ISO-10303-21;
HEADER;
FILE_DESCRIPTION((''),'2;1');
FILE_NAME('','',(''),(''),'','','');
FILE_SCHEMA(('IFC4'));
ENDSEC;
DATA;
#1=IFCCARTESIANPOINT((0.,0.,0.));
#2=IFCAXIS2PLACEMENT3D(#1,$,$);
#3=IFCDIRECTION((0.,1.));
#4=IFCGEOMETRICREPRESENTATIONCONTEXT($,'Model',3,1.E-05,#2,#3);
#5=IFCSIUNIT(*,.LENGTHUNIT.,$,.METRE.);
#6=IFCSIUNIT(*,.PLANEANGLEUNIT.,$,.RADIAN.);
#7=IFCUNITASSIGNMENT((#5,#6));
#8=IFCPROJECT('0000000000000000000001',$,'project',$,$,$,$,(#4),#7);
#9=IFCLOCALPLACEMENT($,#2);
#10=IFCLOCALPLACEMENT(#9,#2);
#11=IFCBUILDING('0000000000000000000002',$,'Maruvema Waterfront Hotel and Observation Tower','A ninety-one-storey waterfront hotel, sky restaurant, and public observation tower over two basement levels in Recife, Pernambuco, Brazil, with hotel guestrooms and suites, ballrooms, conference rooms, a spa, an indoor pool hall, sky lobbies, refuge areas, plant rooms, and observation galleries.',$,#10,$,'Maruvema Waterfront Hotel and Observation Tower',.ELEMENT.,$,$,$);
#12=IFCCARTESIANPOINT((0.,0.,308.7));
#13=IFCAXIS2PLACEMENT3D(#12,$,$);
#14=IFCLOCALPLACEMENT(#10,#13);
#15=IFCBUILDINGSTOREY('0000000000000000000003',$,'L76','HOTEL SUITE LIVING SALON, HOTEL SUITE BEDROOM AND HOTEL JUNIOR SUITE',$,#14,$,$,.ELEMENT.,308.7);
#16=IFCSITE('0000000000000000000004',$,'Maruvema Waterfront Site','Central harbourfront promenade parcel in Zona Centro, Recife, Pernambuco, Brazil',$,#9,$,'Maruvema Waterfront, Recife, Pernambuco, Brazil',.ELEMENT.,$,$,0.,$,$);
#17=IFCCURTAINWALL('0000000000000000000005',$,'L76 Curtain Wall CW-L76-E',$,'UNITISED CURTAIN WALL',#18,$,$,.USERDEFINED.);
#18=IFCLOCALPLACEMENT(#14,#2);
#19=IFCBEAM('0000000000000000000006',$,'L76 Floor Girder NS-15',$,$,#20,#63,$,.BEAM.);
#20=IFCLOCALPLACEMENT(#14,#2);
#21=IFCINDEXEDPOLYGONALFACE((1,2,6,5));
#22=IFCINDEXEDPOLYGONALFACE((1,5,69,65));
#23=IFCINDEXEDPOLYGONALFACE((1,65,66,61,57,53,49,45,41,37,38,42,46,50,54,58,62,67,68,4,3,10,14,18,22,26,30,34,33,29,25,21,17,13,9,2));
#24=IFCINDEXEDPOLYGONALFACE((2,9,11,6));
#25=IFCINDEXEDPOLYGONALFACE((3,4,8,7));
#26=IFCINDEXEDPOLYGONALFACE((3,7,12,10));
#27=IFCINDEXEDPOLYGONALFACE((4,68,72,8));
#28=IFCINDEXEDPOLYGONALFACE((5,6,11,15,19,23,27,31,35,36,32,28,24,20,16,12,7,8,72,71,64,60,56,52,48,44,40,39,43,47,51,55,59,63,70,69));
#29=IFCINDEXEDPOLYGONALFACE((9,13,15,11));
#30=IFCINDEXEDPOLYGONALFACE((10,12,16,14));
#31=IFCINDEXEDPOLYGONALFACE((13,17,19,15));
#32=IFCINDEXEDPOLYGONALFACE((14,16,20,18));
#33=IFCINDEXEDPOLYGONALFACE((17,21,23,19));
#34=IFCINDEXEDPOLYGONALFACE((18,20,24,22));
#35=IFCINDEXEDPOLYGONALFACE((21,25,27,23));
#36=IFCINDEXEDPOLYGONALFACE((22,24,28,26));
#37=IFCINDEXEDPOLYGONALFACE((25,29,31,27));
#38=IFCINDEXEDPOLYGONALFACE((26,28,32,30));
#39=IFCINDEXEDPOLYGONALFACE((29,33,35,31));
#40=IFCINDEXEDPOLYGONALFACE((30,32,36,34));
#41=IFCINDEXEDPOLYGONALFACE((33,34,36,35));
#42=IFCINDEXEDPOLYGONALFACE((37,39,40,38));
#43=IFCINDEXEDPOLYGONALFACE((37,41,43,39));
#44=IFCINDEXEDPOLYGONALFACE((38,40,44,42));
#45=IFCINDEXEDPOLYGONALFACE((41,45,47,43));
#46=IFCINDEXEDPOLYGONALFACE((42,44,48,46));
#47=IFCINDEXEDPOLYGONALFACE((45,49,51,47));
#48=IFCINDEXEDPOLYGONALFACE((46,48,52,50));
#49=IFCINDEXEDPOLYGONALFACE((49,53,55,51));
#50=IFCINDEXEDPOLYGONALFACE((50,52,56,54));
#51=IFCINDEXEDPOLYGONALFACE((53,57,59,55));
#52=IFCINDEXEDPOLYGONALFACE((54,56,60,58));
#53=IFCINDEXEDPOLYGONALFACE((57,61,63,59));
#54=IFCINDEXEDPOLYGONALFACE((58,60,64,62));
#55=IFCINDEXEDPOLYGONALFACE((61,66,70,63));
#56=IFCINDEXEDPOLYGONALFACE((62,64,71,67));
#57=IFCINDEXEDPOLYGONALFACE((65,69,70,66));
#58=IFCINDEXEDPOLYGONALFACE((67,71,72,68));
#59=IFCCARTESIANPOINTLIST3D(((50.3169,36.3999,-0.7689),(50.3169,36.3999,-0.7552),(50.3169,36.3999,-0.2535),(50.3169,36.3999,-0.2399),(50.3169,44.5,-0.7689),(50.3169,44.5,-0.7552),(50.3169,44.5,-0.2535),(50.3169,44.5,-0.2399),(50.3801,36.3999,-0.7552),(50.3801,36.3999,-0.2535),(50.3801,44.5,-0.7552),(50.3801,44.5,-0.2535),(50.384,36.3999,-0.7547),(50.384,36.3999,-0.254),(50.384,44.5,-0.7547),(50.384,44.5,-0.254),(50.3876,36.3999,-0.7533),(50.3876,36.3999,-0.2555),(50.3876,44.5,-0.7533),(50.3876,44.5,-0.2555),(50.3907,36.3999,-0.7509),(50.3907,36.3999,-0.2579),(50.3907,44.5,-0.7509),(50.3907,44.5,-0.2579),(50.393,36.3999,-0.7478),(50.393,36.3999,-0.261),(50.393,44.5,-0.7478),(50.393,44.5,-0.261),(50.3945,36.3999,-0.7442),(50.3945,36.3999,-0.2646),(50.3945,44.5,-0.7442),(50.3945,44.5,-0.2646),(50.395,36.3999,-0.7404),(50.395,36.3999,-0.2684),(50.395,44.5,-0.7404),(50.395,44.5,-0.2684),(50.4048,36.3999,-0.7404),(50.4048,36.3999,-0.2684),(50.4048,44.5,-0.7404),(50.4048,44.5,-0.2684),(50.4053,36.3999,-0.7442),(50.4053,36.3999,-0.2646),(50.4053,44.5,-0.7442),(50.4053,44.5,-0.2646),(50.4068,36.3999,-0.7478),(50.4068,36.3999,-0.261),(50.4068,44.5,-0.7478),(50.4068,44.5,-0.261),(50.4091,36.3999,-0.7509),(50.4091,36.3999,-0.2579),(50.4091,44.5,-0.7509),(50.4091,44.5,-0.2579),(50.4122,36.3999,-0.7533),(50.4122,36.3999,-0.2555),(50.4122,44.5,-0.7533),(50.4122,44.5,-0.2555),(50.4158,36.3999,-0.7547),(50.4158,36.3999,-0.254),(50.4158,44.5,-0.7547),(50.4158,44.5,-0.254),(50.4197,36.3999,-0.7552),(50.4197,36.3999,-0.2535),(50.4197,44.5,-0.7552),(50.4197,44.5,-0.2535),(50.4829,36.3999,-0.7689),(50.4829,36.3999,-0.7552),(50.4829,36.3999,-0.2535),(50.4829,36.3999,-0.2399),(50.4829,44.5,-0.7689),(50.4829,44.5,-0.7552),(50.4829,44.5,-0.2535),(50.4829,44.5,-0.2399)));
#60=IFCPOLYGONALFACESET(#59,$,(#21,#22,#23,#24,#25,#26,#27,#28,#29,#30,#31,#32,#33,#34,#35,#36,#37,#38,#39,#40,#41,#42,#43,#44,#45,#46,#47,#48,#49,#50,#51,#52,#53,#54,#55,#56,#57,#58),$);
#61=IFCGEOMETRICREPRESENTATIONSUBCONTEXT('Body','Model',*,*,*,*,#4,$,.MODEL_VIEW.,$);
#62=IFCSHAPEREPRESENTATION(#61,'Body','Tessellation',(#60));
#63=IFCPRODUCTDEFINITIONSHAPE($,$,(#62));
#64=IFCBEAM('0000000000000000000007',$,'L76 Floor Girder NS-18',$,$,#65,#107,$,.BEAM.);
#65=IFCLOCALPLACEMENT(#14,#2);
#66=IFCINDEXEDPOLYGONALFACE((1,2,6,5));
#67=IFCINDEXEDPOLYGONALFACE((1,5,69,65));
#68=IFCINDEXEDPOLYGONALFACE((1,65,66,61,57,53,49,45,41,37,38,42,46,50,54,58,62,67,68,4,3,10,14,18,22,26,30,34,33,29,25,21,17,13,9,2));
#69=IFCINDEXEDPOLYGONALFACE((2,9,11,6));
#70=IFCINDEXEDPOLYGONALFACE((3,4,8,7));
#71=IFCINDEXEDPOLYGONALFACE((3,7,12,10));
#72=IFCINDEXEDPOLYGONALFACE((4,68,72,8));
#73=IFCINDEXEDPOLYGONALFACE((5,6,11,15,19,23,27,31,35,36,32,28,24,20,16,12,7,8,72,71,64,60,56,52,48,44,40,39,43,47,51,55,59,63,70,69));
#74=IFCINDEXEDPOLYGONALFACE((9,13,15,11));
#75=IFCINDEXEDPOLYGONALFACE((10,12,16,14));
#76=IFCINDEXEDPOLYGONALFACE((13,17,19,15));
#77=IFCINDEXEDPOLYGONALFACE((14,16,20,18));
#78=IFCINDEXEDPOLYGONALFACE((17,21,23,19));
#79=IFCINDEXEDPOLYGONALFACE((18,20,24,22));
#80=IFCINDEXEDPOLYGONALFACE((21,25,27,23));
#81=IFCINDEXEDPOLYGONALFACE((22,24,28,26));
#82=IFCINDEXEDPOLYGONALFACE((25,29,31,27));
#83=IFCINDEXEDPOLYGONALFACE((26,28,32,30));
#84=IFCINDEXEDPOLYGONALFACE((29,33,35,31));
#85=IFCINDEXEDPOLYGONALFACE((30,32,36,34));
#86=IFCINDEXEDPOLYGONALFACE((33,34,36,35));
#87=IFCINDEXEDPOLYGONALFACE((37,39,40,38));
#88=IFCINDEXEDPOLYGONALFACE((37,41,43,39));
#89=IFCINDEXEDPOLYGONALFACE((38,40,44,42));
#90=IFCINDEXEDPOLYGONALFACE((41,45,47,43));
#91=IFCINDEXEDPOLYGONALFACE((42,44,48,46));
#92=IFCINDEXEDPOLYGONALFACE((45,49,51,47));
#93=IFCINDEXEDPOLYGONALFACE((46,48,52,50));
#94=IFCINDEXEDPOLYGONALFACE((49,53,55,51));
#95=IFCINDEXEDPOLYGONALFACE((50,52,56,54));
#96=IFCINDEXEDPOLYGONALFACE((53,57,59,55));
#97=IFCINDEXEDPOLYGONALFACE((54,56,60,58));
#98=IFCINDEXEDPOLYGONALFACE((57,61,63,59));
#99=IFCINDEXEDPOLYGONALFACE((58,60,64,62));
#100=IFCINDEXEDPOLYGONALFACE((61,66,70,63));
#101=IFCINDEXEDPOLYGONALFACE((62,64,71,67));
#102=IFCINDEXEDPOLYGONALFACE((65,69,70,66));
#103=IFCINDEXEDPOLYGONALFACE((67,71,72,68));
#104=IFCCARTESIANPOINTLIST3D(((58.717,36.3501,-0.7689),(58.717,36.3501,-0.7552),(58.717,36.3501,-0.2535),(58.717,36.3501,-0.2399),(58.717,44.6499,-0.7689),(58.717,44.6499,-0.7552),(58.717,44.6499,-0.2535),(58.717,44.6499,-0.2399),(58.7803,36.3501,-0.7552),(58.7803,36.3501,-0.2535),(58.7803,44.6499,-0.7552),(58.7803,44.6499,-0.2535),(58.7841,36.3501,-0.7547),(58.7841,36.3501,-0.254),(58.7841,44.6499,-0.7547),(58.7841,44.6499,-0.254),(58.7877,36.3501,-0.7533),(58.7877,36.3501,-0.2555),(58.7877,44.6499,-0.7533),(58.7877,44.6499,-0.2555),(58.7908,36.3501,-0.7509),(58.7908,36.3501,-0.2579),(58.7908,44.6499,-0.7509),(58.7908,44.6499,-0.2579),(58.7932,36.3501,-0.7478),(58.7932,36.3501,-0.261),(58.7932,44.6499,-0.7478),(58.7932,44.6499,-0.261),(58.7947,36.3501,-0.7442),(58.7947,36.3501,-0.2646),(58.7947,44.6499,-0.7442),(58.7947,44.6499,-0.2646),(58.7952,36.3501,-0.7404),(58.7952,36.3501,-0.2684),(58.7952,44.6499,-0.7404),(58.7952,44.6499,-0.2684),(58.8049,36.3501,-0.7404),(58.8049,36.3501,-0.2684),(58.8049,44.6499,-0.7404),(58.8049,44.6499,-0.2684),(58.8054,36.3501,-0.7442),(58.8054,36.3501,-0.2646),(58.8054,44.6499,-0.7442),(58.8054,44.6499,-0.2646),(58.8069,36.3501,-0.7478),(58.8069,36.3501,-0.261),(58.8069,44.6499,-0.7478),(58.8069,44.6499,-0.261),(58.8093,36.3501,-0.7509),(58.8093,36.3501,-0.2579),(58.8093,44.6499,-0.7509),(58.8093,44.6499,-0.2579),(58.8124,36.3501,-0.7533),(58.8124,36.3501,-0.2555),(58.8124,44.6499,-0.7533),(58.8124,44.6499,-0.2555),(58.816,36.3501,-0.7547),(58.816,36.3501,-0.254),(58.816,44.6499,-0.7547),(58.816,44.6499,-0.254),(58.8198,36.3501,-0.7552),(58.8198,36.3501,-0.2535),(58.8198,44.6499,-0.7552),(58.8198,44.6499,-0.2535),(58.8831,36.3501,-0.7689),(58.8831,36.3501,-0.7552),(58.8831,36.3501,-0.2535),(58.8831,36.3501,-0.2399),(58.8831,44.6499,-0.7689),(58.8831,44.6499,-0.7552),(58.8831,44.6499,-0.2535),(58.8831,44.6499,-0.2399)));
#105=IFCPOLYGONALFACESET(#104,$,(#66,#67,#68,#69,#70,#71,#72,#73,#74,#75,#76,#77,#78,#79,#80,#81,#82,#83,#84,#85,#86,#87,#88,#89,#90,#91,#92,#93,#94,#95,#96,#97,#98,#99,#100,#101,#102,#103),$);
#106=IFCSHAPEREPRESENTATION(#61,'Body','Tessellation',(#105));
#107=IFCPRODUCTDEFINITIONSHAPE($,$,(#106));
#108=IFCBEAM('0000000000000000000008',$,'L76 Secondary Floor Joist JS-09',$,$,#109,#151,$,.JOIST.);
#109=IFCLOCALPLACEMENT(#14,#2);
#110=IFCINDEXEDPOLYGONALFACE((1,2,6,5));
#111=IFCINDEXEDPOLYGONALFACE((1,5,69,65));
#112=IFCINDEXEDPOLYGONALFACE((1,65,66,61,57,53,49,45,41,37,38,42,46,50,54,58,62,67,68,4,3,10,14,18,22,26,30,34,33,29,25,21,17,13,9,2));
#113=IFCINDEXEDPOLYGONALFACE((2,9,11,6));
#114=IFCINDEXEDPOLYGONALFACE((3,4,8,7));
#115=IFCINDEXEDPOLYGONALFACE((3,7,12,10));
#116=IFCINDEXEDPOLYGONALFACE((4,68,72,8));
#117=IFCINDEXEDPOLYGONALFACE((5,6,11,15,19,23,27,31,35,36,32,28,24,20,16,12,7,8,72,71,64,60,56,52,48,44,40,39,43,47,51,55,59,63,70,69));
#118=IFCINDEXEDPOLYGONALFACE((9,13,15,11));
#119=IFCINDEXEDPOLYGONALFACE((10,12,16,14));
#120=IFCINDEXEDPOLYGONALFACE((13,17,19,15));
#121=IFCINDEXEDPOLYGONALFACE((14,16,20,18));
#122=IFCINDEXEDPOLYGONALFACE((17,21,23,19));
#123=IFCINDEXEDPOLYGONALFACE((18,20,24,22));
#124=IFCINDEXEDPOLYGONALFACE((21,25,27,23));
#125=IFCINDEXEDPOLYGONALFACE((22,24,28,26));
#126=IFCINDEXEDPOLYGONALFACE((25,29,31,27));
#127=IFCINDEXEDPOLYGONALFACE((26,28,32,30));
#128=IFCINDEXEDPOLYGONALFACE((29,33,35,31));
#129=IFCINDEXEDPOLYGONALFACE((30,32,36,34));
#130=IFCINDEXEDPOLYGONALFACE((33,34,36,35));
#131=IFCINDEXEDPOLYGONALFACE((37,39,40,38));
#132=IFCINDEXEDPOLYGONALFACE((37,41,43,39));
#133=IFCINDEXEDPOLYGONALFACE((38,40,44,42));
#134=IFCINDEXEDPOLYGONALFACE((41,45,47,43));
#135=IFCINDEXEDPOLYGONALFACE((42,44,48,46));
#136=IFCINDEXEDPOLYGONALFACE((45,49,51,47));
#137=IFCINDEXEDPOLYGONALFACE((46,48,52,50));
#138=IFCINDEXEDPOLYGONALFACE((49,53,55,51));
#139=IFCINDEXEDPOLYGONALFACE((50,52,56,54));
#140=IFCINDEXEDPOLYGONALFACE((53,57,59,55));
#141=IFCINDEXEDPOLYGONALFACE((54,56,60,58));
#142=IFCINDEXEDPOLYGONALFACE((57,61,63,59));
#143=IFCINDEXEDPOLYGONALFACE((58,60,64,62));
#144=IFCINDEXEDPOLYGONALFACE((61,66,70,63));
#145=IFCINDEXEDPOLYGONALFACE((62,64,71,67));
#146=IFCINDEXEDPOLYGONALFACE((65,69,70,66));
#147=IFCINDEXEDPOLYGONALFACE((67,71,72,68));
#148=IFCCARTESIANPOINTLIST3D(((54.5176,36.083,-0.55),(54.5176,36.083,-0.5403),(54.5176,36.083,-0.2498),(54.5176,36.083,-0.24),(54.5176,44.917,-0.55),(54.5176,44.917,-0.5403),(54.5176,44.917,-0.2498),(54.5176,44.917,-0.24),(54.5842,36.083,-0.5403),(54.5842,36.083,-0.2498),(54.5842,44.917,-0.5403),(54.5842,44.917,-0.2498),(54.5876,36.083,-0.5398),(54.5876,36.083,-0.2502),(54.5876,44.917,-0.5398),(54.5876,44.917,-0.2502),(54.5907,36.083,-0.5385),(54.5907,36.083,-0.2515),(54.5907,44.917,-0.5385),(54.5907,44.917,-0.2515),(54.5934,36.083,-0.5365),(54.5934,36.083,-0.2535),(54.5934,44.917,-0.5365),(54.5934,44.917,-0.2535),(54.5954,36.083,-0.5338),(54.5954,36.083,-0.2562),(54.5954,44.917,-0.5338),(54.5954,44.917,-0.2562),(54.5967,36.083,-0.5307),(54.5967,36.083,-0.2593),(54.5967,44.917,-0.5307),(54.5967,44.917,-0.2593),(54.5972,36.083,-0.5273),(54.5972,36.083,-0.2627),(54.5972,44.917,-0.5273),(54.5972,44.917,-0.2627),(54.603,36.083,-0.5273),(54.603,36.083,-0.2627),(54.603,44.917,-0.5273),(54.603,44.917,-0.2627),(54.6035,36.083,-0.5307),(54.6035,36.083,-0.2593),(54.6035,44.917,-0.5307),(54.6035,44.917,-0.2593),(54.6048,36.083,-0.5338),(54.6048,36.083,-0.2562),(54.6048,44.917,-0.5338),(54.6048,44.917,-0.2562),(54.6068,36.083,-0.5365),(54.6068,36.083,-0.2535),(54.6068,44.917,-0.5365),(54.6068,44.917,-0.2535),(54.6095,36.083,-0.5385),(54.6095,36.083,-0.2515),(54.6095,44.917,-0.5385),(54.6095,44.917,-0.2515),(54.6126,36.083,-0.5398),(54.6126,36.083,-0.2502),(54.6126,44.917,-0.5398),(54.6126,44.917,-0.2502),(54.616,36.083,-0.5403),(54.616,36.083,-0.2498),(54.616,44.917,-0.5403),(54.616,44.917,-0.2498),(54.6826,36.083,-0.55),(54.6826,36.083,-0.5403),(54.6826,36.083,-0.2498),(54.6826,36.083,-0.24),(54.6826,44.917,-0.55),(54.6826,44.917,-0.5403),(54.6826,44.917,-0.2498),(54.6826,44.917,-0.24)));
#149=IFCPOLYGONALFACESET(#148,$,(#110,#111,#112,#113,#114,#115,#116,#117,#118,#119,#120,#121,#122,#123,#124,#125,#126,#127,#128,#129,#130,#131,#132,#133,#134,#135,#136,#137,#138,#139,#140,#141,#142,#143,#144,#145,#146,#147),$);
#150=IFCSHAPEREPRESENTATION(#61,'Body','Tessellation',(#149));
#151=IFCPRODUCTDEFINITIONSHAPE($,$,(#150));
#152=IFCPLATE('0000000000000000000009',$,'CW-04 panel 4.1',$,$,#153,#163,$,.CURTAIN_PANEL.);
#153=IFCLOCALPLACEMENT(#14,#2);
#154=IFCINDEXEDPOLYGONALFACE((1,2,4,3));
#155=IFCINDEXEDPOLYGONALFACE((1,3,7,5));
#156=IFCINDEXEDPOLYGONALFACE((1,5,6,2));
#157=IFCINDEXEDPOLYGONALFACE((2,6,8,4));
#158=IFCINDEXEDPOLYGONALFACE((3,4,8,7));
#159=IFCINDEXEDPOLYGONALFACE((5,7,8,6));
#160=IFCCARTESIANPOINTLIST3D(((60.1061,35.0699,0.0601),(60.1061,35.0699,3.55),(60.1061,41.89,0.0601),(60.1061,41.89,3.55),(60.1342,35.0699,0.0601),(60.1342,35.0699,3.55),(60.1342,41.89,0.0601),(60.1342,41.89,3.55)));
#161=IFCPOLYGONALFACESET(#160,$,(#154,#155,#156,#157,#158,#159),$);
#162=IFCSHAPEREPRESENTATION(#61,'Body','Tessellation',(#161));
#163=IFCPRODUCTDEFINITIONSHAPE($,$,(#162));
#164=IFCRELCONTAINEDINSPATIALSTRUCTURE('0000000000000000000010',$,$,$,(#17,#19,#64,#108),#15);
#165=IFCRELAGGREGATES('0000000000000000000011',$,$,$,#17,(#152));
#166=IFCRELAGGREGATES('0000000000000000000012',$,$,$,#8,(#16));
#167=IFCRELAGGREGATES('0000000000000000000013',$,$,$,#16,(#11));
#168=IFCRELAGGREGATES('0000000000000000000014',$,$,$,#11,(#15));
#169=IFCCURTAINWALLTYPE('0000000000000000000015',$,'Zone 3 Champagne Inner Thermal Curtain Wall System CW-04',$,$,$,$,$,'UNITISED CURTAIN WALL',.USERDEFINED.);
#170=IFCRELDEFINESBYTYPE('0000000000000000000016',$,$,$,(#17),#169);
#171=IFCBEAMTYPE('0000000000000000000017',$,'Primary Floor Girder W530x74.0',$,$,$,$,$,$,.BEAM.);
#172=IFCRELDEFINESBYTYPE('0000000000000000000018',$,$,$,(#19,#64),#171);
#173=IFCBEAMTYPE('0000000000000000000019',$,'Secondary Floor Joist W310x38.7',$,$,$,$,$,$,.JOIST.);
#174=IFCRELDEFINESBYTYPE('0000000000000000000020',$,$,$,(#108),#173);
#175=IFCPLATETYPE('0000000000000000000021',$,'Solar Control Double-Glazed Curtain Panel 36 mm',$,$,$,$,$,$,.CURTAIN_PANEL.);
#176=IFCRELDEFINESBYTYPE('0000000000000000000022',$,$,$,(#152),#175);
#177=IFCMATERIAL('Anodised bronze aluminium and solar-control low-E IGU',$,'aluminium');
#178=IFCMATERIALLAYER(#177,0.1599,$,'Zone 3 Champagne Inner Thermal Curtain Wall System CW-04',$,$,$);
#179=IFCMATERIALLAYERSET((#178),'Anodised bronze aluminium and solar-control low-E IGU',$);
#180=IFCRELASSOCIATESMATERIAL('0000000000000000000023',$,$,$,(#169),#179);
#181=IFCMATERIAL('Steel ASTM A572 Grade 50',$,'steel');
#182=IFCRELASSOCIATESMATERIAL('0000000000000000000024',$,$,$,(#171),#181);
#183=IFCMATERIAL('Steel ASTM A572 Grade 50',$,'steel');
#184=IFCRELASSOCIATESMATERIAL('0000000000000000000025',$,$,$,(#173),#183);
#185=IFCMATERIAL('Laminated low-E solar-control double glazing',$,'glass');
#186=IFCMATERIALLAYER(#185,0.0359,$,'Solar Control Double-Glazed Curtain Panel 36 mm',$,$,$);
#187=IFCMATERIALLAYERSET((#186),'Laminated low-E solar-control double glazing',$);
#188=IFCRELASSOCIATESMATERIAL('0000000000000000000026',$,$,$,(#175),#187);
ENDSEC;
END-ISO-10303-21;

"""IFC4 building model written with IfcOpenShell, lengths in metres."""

from ifc_helpers import new_model, si_unit, direction, frame, origin, origin_2d, place, context, subcontext, project, spatial, rectangle, i_section, extrude, material, layer, layer_set, material_profile, profile_set, type_object, element, aggregate, save


model = new_model("IFC4")

# Units and contexts
model_context = context("Model", 3, precision=1e-05, world=origin(), true_north=direction((0.0, 1.0)))
body_context = subcontext(model_context, "Body", "Model", "MODEL_VIEW")
ifc_project = project(units=[si_unit("LENGTHUNIT", "METRE"), si_unit("PLANEANGLEUNIT", "RADIAN")], contexts=[model_context])

# Site, building, storey
site_placement = place(None, origin())
site = spatial("IfcSite", under=ifc_project, at=site_placement, Name="Maruvema Waterfront Site", Description="Central harbourfront promenade parcel in Zona Centro, Recife, Pernambuco, Brazil", LongName="Maruvema Waterfront, Recife, Pernambuco, Brazil", CompositionType="ELEMENT", RefElevation=0.0)
building_placement = place(site_placement, origin())
building = spatial("IfcBuilding", under=site, at=building_placement, Name="Maruvema Waterfront Hotel and Observation Tower", Description="A ninety-one-storey waterfront hotel, sky restaurant, and public observation tower over two basement levels in Recife, Pernambuco, Brazil, with hotel guestrooms and suites, ballrooms, conference rooms, a spa, an indoor pool hall, sky lobbies, refuge areas, plant rooms, and observation galleries.", LongName="Maruvema Waterfront Hotel and Observation Tower", CompositionType="ELEMENT")
storey_placement = place(building_placement, frame((0.0, 0.0, 308.7)))
storey = spatial("IfcBuildingStorey", under=building, at=storey_placement, Name="L76", Description="HOTEL SUITE LIVING SALON, HOTEL SUITE BEDROOM AND HOTEL JUNIOR SUITE", CompositionType="ELEMENT", Elevation=308.7)

# Curtain wall
ifc_material_1 = material(Name="Anodised bronze aluminium and solar-control low-E IGU", Category="aluminium")
ifc_layer_1 = layer(ifc_material_1, 0.1599, Name="Zone 3 Champagne Inner Thermal Curtain Wall System CW-04")
ifc_layer_set_1 = layer_set([ifc_layer_1], Name="Anodised bronze aluminium and solar-control low-E IGU")
curtain_wall_type = type_object("IfcCurtainWallType", Name="Zone 3 Champagne Inner Thermal Curtain Wall System CW-04", ElementType="UNITISED CURTAIN WALL", PredefinedType="USERDEFINED", material=ifc_layer_set_1)
curtain_wall_placement = place(storey_placement, origin())
curtain_wall = element("IfcCurtainWall", 1, at=curtain_wall_placement, inside=storey, type_object=curtain_wall_type, Name="L76 Curtain Wall CW-L76-E", ObjectType="UNITISED CURTAIN WALL", PredefinedType="USERDEFINED")

# Beams
ifc_material_2 = material(Name="Steel ASTM A572 Grade 50", Category="steel")
ifc_material_profile_1 = material_profile(ifc_material_2, i_section(OverallWidth=0.166, OverallDepth=0.5291, WebThickness=0.0098, FlangeThickness=0.0137, FilletRadius=0.0149, at=origin_2d()), Name="W530x74.0")
ifc_profile_set_1 = profile_set([ifc_material_profile_1], Name="Steel ASTM A572 Grade 50")
beam_type_1 = type_object("IfcBeamType", Name="Primary Floor Girder W530x74.0", PredefinedType="BEAM", material=ifc_profile_set_1)
beam_1_placement = place(storey_placement, frame((50.3999, 36.3999, -0.5044), z_axis=(0.0, 1.0, 0.0), x_axis=(-1.0, 0.0, 0.0)))
element("IfcBeam", 2, at=beam_1_placement, inside=storey, type_object=beam_type_1, Name="L76 Floor Girder NS-15", PredefinedType="BEAM", context=body_context, shape_type="SweptSolid", body=[
    extrude(i_section(OverallWidth=0.166, OverallDepth=0.5291, WebThickness=0.0098, FlangeThickness=0.0137, FilletRadius=0.0149, at=origin_2d()), origin(), (0.0, 0.0, 1.0), 8.1001),
])
beam_2_placement = place(storey_placement, frame((58.8, 36.3501, -0.5044), z_axis=(0.0, 1.0, 0.0), x_axis=(-1.0, 0.0, 0.0)))
element("IfcBeam", 3, at=beam_2_placement, inside=storey, type_object=beam_type_1, Name="L76 Floor Girder NS-18", PredefinedType="BEAM", context=body_context, shape_type="SweptSolid", body=[
    extrude(i_section(OverallWidth=0.166, OverallDepth=0.5291, WebThickness=0.0098, FlangeThickness=0.0137, FilletRadius=0.0149, at=origin_2d()), origin(), (0.0, 0.0, 1.0), 8.2998),
])
ifc_material_3 = material(Name="Steel ASTM A572 Grade 50", Category="steel")
ifc_material_profile_2 = material_profile(ifc_material_3, i_section(OverallWidth=0.165, OverallDepth=0.3101, WebThickness=0.0059, FlangeThickness=0.0098, FilletRadius=0.0129, at=origin_2d()), Name="W310x38.7")
ifc_profile_set_2 = profile_set([ifc_material_profile_2], Name="Steel ASTM A572 Grade 50")
beam_type_2 = type_object("IfcBeamType", Name="Secondary Floor Joist W310x38.7", PredefinedType="JOIST", material=ifc_profile_set_2)
beam_3_placement = place(storey_placement, frame((54.6001, 36.083, -0.395), z_axis=(0.0, 1.0, 0.0), x_axis=(-1.0, 0.0, 0.0)))
element("IfcBeam", 4, at=beam_3_placement, inside=storey, type_object=beam_type_2, Name="L76 Secondary Floor Joist JS-09", PredefinedType="JOIST", context=body_context, shape_type="SweptSolid", body=[
    extrude(i_section(OverallWidth=0.165, OverallDepth=0.3101, WebThickness=0.0059, FlangeThickness=0.0098, FilletRadius=0.0129, at=origin_2d()), origin(), (0.0, 0.0, 1.0), 8.834),
])

# Plate
ifc_material_4 = material(Name="Laminated low-E solar-control double glazing", Category="glass")
ifc_layer_2 = layer(ifc_material_4, 0.0359, Name="Solar Control Double-Glazed Curtain Panel 36 mm")
ifc_layer_set_2 = layer_set([ifc_layer_2], Name="Laminated low-E solar-control double glazing")
plate_type = type_object("IfcPlateType", Name="Solar Control Double-Glazed Curtain Panel 36 mm", PredefinedType="CURTAIN_PANEL", material=ifc_layer_set_2)
plate_placement = place(storey_placement, frame((60.1201, 38.48, 0.0601), z_axis=(0.0, 0.0, 1.0), x_axis=(0.0, 1.0, 0.0)))
plate = element("IfcPlate", 5, at=plate_placement, type_object=plate_type, Name="CW-04 panel 4.1", PredefinedType="CURTAIN_PANEL", context=body_context, shape_type="SweptSolid", body=[
    extrude(rectangle(XDim=6.8201, YDim=0.0281, at=origin_2d()), origin(), (0.0, 0.0, 1.0), 3.49),
])
aggregate(curtain_wall, [plate])

save(model, "model.ifc")
